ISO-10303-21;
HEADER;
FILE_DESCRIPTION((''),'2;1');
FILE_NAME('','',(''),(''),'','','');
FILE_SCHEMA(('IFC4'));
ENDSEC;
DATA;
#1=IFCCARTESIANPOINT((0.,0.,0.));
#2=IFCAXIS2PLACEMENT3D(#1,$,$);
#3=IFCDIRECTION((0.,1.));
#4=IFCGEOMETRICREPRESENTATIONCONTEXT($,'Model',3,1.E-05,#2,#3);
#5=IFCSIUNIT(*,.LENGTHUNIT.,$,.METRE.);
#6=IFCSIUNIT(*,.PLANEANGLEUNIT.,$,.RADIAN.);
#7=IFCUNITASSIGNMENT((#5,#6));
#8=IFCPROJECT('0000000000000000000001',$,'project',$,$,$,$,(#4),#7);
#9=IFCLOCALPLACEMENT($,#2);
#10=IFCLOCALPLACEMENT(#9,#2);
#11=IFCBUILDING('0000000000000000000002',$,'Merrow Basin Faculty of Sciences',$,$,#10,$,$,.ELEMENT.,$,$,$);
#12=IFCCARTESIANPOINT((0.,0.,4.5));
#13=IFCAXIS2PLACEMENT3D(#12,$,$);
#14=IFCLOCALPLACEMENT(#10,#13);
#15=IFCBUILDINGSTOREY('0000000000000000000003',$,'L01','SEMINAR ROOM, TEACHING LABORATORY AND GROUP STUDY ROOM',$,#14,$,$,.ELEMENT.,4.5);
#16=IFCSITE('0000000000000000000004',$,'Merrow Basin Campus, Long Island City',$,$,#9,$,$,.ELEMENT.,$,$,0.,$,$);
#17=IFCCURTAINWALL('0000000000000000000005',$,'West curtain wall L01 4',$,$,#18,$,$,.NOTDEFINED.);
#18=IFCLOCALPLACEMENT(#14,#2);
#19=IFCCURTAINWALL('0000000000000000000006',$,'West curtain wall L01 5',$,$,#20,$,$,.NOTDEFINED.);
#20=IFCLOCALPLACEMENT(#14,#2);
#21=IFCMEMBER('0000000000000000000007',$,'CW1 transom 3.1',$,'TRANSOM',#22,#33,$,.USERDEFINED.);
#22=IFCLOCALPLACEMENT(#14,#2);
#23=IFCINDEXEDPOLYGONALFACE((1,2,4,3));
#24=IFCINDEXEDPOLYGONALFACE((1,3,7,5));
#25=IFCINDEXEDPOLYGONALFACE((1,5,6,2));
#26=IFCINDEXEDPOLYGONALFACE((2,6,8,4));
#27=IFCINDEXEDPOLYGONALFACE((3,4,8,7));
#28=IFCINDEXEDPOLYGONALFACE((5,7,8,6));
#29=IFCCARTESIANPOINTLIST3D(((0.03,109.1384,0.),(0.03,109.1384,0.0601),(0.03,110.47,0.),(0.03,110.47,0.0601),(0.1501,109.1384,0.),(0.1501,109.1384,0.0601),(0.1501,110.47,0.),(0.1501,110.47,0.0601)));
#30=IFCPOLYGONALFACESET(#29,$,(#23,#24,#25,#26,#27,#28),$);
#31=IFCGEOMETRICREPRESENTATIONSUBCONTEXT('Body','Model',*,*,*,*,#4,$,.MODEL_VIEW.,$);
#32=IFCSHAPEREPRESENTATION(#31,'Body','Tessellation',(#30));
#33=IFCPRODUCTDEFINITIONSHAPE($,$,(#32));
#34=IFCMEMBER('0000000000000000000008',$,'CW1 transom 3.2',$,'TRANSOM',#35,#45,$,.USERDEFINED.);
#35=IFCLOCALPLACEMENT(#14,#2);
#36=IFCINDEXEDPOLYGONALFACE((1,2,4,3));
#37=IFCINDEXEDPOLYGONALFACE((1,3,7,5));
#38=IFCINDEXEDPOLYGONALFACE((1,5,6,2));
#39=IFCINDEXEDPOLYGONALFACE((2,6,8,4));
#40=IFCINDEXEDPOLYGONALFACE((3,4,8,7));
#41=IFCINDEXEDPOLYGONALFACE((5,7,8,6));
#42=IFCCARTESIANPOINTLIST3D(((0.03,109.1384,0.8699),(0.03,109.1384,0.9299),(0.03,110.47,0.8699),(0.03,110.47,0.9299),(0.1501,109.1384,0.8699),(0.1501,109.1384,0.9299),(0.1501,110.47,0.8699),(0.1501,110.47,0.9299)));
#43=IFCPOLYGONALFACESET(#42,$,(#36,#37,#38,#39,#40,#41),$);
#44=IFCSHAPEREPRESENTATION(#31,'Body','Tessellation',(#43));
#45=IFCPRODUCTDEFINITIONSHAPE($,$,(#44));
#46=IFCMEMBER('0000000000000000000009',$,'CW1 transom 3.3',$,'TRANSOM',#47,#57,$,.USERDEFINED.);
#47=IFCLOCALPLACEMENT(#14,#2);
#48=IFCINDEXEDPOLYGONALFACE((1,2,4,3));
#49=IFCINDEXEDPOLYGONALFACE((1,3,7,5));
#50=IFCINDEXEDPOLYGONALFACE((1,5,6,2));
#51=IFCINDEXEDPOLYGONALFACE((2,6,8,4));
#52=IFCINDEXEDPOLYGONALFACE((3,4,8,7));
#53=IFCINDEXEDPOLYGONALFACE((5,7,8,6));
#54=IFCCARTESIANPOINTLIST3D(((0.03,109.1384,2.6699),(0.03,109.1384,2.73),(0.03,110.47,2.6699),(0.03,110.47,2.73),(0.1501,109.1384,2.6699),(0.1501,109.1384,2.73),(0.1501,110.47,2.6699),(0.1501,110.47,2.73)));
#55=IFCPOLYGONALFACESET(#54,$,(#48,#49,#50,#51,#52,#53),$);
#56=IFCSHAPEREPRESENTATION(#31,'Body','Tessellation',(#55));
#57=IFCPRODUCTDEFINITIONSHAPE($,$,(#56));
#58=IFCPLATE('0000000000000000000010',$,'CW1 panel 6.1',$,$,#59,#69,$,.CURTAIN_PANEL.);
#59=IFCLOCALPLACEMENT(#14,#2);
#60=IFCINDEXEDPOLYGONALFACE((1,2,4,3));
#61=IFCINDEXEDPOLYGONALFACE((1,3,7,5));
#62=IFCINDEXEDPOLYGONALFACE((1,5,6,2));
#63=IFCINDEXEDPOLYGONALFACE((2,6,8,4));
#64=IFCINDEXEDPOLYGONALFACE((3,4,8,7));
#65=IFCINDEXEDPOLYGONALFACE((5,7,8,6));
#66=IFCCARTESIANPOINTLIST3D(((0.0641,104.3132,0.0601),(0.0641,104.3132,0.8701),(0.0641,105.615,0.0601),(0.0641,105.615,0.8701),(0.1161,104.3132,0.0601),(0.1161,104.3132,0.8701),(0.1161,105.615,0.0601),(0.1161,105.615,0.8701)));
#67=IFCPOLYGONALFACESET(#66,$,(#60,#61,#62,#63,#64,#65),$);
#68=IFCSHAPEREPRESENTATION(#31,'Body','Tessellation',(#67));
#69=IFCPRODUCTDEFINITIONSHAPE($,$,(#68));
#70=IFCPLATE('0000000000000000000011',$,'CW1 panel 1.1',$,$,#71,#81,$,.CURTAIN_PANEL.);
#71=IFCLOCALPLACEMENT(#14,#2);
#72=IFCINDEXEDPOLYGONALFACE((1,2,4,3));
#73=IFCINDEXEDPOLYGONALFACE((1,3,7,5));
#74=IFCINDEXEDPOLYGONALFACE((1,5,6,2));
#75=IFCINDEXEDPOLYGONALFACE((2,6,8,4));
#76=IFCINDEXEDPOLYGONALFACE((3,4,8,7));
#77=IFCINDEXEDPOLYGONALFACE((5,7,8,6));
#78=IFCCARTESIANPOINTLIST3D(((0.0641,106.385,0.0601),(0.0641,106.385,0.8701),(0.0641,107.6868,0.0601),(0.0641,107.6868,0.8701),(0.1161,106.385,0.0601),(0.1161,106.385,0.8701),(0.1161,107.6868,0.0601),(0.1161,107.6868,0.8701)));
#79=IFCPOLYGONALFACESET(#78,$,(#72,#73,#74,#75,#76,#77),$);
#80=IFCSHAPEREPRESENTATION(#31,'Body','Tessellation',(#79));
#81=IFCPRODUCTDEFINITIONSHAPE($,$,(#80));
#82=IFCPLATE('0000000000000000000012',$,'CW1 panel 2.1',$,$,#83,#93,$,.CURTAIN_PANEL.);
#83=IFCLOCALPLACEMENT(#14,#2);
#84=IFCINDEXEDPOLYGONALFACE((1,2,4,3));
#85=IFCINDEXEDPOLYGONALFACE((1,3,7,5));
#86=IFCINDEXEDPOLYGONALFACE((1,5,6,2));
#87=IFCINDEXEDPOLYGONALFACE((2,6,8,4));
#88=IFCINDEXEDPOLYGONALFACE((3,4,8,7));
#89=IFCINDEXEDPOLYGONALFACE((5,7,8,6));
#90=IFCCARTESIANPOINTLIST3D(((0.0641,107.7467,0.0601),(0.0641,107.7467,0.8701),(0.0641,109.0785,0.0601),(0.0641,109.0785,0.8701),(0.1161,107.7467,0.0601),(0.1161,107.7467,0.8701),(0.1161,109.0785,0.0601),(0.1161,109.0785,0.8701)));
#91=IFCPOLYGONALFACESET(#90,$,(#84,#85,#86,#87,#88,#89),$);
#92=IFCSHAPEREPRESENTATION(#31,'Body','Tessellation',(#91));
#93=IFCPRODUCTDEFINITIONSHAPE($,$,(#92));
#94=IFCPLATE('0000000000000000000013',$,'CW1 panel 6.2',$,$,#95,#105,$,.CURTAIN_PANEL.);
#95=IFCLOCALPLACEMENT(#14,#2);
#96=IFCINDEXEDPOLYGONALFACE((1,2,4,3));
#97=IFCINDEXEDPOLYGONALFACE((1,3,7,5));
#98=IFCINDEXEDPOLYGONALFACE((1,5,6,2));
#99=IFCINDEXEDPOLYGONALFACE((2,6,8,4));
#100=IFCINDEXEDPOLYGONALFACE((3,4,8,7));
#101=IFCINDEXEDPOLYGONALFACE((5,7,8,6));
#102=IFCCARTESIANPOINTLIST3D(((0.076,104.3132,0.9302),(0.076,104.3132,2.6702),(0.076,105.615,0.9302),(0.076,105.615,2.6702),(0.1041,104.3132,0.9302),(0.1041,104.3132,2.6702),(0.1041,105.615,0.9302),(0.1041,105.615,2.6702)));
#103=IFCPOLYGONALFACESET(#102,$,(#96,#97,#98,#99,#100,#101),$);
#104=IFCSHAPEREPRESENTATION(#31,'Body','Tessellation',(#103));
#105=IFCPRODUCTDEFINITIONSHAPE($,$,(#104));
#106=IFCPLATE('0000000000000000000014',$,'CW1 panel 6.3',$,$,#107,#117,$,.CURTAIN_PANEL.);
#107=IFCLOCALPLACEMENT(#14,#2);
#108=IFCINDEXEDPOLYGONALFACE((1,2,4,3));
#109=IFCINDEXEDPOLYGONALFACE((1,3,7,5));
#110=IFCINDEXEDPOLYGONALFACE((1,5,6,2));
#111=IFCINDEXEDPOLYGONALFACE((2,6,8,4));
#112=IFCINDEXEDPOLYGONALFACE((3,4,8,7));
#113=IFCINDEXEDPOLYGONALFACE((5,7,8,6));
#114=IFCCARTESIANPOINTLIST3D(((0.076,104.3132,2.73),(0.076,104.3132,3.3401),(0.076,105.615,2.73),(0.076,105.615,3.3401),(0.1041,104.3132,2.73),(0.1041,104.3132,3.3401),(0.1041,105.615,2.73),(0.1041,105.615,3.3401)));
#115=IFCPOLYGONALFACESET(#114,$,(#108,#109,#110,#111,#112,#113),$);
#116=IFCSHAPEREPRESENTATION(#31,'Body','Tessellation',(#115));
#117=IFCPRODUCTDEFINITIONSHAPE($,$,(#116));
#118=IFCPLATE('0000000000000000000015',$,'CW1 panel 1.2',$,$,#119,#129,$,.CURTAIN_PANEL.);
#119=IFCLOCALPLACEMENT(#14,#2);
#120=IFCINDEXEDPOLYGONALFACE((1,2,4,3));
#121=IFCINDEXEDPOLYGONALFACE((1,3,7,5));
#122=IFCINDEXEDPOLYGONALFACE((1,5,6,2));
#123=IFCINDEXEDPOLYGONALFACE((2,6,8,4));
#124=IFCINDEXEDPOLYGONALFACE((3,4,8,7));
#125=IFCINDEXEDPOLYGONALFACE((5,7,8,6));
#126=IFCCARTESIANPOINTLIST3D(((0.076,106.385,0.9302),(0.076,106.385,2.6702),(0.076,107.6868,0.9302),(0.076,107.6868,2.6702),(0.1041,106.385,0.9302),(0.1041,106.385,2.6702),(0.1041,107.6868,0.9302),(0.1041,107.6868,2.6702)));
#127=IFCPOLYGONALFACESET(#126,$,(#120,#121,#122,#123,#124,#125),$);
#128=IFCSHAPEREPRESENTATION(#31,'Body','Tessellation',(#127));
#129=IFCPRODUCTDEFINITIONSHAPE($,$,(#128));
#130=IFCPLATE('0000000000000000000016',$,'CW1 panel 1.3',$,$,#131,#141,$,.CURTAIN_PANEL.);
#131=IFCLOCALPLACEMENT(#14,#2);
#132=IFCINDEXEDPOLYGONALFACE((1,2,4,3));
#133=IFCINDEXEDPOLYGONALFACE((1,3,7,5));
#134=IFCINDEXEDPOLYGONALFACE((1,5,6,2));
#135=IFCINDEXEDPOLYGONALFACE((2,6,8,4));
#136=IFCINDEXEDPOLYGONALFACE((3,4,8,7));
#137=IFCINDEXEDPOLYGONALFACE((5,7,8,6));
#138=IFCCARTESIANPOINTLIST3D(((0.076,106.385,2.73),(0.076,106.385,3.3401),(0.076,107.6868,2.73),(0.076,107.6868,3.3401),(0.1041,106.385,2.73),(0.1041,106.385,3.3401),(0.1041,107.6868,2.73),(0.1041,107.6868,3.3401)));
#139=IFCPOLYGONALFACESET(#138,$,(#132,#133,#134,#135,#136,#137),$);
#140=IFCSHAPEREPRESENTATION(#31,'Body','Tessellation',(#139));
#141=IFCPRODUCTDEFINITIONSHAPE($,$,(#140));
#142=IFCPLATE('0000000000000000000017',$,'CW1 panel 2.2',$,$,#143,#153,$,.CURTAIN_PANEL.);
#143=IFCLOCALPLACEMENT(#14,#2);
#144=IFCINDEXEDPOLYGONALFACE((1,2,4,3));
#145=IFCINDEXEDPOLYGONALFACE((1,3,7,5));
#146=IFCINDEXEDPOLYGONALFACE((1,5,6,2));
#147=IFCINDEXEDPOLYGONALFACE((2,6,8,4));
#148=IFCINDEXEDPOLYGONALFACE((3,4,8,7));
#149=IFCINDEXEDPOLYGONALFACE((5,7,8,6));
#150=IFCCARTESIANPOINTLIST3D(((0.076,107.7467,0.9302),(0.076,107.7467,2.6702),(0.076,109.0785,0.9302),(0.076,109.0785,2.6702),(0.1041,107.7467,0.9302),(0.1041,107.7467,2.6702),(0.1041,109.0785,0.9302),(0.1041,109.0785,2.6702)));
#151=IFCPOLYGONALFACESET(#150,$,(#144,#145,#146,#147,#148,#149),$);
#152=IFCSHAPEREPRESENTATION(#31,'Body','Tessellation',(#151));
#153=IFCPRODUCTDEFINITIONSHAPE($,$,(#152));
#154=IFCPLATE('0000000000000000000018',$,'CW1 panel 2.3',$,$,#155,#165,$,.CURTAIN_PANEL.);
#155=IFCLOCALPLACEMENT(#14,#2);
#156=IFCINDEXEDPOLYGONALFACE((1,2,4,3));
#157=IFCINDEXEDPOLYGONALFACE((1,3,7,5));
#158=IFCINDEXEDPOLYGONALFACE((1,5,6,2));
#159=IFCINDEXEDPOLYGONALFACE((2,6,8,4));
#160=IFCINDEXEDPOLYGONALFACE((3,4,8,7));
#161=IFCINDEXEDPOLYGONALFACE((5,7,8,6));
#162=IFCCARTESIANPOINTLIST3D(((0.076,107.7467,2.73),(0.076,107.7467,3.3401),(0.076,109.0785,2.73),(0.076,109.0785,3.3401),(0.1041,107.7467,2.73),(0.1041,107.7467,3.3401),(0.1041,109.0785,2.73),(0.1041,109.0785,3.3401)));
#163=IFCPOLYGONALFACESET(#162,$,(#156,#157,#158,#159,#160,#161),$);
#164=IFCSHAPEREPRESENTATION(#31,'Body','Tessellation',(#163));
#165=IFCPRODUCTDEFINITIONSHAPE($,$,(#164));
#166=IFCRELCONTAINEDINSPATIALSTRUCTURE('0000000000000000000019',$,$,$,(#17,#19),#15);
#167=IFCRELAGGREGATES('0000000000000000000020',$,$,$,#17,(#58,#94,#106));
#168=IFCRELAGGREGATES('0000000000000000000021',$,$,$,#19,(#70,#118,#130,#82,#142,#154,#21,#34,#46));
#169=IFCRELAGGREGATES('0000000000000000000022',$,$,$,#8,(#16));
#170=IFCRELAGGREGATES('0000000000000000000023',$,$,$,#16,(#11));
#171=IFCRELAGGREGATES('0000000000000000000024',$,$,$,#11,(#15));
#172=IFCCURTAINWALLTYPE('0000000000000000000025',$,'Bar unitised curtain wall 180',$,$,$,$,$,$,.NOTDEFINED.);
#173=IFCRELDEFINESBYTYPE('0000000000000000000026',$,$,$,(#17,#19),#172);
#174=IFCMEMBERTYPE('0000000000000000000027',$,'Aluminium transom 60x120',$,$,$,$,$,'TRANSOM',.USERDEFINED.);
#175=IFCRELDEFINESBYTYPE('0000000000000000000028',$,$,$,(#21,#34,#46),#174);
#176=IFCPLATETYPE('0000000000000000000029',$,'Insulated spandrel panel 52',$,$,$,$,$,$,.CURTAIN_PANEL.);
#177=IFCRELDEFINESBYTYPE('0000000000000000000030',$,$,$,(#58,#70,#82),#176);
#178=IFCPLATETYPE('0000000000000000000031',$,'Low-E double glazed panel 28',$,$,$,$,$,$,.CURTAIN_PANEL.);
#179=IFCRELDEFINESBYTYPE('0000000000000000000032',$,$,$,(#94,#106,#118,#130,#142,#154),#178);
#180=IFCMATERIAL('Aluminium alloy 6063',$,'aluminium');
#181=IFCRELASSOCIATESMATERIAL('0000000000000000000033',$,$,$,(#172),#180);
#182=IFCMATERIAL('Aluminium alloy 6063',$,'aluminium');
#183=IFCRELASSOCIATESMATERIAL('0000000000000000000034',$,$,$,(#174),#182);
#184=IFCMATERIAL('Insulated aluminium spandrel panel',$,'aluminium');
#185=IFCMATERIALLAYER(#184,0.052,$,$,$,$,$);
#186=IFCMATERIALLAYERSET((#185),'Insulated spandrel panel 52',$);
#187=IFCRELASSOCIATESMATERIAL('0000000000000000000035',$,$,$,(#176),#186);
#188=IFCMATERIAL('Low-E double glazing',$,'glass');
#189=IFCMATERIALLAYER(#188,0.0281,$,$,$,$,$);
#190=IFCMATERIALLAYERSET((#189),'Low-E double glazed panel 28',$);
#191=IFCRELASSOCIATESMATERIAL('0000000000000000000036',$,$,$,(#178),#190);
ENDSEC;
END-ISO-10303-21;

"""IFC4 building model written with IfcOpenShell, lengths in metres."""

from ifc_helpers import new_model, si_unit, direction, frame, origin, origin_2d, place, context, subcontext, project, spatial, rectangle, extrude, material, layer, layer_set, material_profile, profile_set, type_object, element, aggregate, save


model = new_model("IFC4")

# Units and contexts
model_context = context("Model", 3, precision=1e-05, world=origin(), true_north=direction((0.0, 1.0)))
body_context = subcontext(model_context, "Body", "Model", "MODEL_VIEW")
ifc_project = project(units=[si_unit("LENGTHUNIT", "METRE"), si_unit("PLANEANGLEUNIT", "RADIAN")], contexts=[model_context])

# Site, building, storey
site_placement = place(None, origin())
site = spatial("IfcSite", under=ifc_project, at=site_placement, Name="Merrow Basin Campus, Long Island City", CompositionType="ELEMENT", RefElevation=0.0)
building_placement = place(site_placement, origin())
building = spatial("IfcBuilding", under=site, at=building_placement, Name="Merrow Basin Faculty of Sciences", CompositionType="ELEMENT")
storey_placement = place(building_placement, frame((0.0, 0.0, 4.5)))
storey = spatial("IfcBuildingStorey", under=building, at=storey_placement, Name="L01", Description="SEMINAR ROOM, TEACHING LABORATORY AND GROUP STUDY ROOM", CompositionType="ELEMENT", Elevation=4.5)

# Curtain wall
ifc_material_1 = material(Name="Aluminium alloy 6063", Category="aluminium")
curtain_wall_type = type_object("IfcCurtainWallType", Name="Bar unitised curtain wall 180", PredefinedType="NOTDEFINED", material=ifc_material_1)
curtain_wall_1_placement = place(storey_placement, origin())
curtain_wall_1 = element("IfcCurtainWall", 1, at=curtain_wall_1_placement, inside=storey, type_object=curtain_wall_type, Name="West curtain wall L01 4", PredefinedType="NOTDEFINED")

# Curtain wall
curtain_wall_2_placement = place(storey_placement, origin())
curtain_wall_2 = element("IfcCurtainWall", 2, at=curtain_wall_2_placement, inside=storey, type_object=curtain_wall_type, Name="West curtain wall L01 5", PredefinedType="NOTDEFINED")

# Members
ifc_material_2 = material(Name="Aluminium alloy 6063", Category="aluminium")
ifc_material_profile_1 = material_profile(ifc_material_2, rectangle(XDim=0.1201, YDim=0.0601, at=origin_2d()))
ifc_profile_set_1 = profile_set([ifc_material_profile_1], Name="Aluminium alloy 6063")
member_type_1 = type_object("IfcMemberType", Name="Aluminium transom 60x120", ElementType="TRANSOM", PredefinedType="USERDEFINED", material=ifc_profile_set_1)
member_1_placement = place(storey_placement, frame((0.0901, 109.1384, 0.03), z_axis=(0.0, 1.0, 0.0), x_axis=(-1.0, 0.0, 0.0)))
member_1 = element("IfcMember", 3, at=member_1_placement, type_object=member_type_1, Name="CW1 transom 3.1", ObjectType="TRANSOM", PredefinedType="USERDEFINED", context=body_context, shape_type="SweptSolid", body=[
    extrude(rectangle(XDim=0.1201, YDim=0.0601, at=origin_2d()), origin(), (0.0, 0.0, 1.0), 1.3315),
])
member_2_placement = place(storey_placement, frame((0.0901, 109.1384, 0.8999), z_axis=(0.0, 1.0, 0.0), x_axis=(-1.0, 0.0, 0.0)))
member_2 = element("IfcMember", 4, at=member_2_placement, type_object=member_type_1, Name="CW1 transom 3.2", ObjectType="TRANSOM", PredefinedType="USERDEFINED", context=body_context, shape_type="SweptSolid", body=[
    extrude(rectangle(XDim=0.1201, YDim=0.0601, at=origin_2d()), origin(), (0.0, 0.0, 1.0), 1.3315),
])
member_3_placement = place(storey_placement, frame((0.0901, 109.1384, 2.7), z_axis=(0.0, 1.0, 0.0), x_axis=(-1.0, 0.0, 0.0)))
member_3 = element("IfcMember", 5, at=member_3_placement, type_object=member_type_1, Name="CW1 transom 3.3", ObjectType="TRANSOM", PredefinedType="USERDEFINED", context=body_context, shape_type="SweptSolid", body=[
    extrude(rectangle(XDim=0.1201, YDim=0.0601, at=origin_2d()), origin(), (0.0, 0.0, 1.0), 1.3315),
])

# Plates
ifc_material_3 = material(Name="Insulated aluminium spandrel panel", Category="aluminium")
ifc_layer_1 = layer(ifc_material_3, 0.052)
ifc_layer_set_1 = layer_set([ifc_layer_1], Name="Insulated spandrel panel 52")
plate_type_1 = type_object("IfcPlateType", Name="Insulated spandrel panel 52", PredefinedType="CURTAIN_PANEL", material=ifc_layer_set_1)
plate_1_placement = place(storey_placement, frame((0.0901, 104.9641, 0.0601), z_axis=(0.0, 0.0, 1.0), x_axis=(0.0, 1.0, 0.0)))
plate_1 = element("IfcPlate", 6, at=plate_1_placement, type_object=plate_type_1, Name="CW1 panel 6.1", PredefinedType="CURTAIN_PANEL", context=body_context, shape_type="SweptSolid", body=[
    extrude(rectangle(XDim=1.3018, YDim=0.052, at=origin_2d()), origin(), (0.0, 0.0, 1.0), 0.8101),
])
plate_2_placement = place(storey_placement, frame((0.0901, 107.0359, 0.0601), z_axis=(0.0, 0.0, 1.0), x_axis=(0.0, 1.0, 0.0)))
plate_2 = element("IfcPlate", 7, at=plate_2_placement, type_object=plate_type_1, Name="CW1 panel 1.1", PredefinedType="CURTAIN_PANEL", context=body_context, shape_type="SweptSolid", body=[
    extrude(rectangle(XDim=1.3018, YDim=0.052, at=origin_2d()), origin(), (0.0, 0.0, 1.0), 0.8101),
])
plate_3_placement = place(storey_placement, frame((0.0901, 108.4126, 0.0601), z_axis=(0.0, 0.0, 1.0), x_axis=(0.0, 1.0, 0.0)))
plate_3 = element("IfcPlate", 8, at=plate_3_placement, type_object=plate_type_1, Name="CW1 panel 2.1", PredefinedType="CURTAIN_PANEL", context=body_context, shape_type="SweptSolid", body=[
    extrude(rectangle(XDim=1.3318, YDim=0.052, at=origin_2d()), origin(), (0.0, 0.0, 1.0), 0.8101),
])
ifc_material_4 = material(Name="Low-E double glazing", Category="glass")
ifc_layer_2 = layer(ifc_material_4, 0.0281)
ifc_layer_set_2 = layer_set([ifc_layer_2], Name="Low-E double glazed panel 28")
plate_type_2 = type_object("IfcPlateType", Name="Low-E double glazed panel 28", PredefinedType="CURTAIN_PANEL", material=ifc_layer_set_2)
plate_4_placement = place(storey_placement, frame((0.0901, 104.9641, 0.9302), z_axis=(0.0, 0.0, 1.0), x_axis=(0.0, 1.0, 0.0)))
plate_4 = element("IfcPlate", 9, at=plate_4_placement, type_object=plate_type_2, Name="CW1 panel 6.2", PredefinedType="CURTAIN_PANEL", context=body_context, shape_type="SweptSolid", body=[
    extrude(rectangle(XDim=1.3018, YDim=0.0281, at=origin_2d()), origin(), (0.0, 0.0, 1.0), 1.74),
])
plate_5_placement = place(storey_placement, frame((0.0901, 104.9641, 2.73), z_axis=(0.0, 0.0, 1.0), x_axis=(0.0, 1.0, 0.0)))
plate_5 = element("IfcPlate", 10, at=plate_5_placement, type_object=plate_type_2, Name="CW1 panel 6.3", PredefinedType="CURTAIN_PANEL", context=body_context, shape_type="SweptSolid", body=[
    extrude(rectangle(XDim=1.3018, YDim=0.0281, at=origin_2d()), origin(), (0.0, 0.0, 1.0), 0.6101),
])
aggregate(curtain_wall_1, [plate_1, plate_4, plate_5])
plate_6_placement = place(storey_placement, frame((0.0901, 107.0359, 0.9302), z_axis=(0.0, 0.0, 1.0), x_axis=(0.0, 1.0, 0.0)))
plate_6 = element("IfcPlate", 11, at=plate_6_placement, type_object=plate_type_2, Name="CW1 panel 1.2", PredefinedType="CURTAIN_PANEL", context=body_context, shape_type="SweptSolid", body=[
    extrude(rectangle(XDim=1.3018, YDim=0.0281, at=origin_2d()), origin(), (0.0, 0.0, 1.0), 1.74),
])
plate_7_placement = place(storey_placement, frame((0.0901, 107.0359, 2.73), z_axis=(0.0, 0.0, 1.0), x_axis=(0.0, 1.0, 0.0)))
plate_7 = element("IfcPlate", 12, at=plate_7_placement, type_object=plate_type_2, Name="CW1 panel 1.3", PredefinedType="CURTAIN_PANEL", context=body_context, shape_type="SweptSolid", body=[
    extrude(rectangle(XDim=1.3018, YDim=0.0281, at=origin_2d()), origin(), (0.0, 0.0, 1.0), 0.6101),
])
plate_8_placement = place(storey_placement, frame((0.0901, 108.4126, 0.9302), z_axis=(0.0, 0.0, 1.0), x_axis=(0.0, 1.0, 0.0)))
plate_8 = element("IfcPlate", 13, at=plate_8_placement, type_object=plate_type_2, Name="CW1 panel 2.2", PredefinedType="CURTAIN_PANEL", context=body_context, shape_type="SweptSolid", body=[
    extrude(rectangle(XDim=1.3318, YDim=0.0281, at=origin_2d()), origin(), (0.0, 0.0, 1.0), 1.74),
])
plate_9_placement = place(storey_placement, frame((0.0901, 108.4126, 2.73), z_axis=(0.0, 0.0, 1.0), x_axis=(0.0, 1.0, 0.0)))
plate_9 = element("IfcPlate", 14, at=plate_9_placement, type_object=plate_type_2, Name="CW1 panel 2.3", PredefinedType="CURTAIN_PANEL", context=body_context, shape_type="SweptSolid", body=[
    extrude(rectangle(XDim=1.3318, YDim=0.0281, at=origin_2d()), origin(), (0.0, 0.0, 1.0), 0.6101),
])
aggregate(curtain_wall_2, [plate_2, plate_6, plate_7, plate_3, plate_8, plate_9, member_1, member_2, member_3])

save(model, "model.ifc")
